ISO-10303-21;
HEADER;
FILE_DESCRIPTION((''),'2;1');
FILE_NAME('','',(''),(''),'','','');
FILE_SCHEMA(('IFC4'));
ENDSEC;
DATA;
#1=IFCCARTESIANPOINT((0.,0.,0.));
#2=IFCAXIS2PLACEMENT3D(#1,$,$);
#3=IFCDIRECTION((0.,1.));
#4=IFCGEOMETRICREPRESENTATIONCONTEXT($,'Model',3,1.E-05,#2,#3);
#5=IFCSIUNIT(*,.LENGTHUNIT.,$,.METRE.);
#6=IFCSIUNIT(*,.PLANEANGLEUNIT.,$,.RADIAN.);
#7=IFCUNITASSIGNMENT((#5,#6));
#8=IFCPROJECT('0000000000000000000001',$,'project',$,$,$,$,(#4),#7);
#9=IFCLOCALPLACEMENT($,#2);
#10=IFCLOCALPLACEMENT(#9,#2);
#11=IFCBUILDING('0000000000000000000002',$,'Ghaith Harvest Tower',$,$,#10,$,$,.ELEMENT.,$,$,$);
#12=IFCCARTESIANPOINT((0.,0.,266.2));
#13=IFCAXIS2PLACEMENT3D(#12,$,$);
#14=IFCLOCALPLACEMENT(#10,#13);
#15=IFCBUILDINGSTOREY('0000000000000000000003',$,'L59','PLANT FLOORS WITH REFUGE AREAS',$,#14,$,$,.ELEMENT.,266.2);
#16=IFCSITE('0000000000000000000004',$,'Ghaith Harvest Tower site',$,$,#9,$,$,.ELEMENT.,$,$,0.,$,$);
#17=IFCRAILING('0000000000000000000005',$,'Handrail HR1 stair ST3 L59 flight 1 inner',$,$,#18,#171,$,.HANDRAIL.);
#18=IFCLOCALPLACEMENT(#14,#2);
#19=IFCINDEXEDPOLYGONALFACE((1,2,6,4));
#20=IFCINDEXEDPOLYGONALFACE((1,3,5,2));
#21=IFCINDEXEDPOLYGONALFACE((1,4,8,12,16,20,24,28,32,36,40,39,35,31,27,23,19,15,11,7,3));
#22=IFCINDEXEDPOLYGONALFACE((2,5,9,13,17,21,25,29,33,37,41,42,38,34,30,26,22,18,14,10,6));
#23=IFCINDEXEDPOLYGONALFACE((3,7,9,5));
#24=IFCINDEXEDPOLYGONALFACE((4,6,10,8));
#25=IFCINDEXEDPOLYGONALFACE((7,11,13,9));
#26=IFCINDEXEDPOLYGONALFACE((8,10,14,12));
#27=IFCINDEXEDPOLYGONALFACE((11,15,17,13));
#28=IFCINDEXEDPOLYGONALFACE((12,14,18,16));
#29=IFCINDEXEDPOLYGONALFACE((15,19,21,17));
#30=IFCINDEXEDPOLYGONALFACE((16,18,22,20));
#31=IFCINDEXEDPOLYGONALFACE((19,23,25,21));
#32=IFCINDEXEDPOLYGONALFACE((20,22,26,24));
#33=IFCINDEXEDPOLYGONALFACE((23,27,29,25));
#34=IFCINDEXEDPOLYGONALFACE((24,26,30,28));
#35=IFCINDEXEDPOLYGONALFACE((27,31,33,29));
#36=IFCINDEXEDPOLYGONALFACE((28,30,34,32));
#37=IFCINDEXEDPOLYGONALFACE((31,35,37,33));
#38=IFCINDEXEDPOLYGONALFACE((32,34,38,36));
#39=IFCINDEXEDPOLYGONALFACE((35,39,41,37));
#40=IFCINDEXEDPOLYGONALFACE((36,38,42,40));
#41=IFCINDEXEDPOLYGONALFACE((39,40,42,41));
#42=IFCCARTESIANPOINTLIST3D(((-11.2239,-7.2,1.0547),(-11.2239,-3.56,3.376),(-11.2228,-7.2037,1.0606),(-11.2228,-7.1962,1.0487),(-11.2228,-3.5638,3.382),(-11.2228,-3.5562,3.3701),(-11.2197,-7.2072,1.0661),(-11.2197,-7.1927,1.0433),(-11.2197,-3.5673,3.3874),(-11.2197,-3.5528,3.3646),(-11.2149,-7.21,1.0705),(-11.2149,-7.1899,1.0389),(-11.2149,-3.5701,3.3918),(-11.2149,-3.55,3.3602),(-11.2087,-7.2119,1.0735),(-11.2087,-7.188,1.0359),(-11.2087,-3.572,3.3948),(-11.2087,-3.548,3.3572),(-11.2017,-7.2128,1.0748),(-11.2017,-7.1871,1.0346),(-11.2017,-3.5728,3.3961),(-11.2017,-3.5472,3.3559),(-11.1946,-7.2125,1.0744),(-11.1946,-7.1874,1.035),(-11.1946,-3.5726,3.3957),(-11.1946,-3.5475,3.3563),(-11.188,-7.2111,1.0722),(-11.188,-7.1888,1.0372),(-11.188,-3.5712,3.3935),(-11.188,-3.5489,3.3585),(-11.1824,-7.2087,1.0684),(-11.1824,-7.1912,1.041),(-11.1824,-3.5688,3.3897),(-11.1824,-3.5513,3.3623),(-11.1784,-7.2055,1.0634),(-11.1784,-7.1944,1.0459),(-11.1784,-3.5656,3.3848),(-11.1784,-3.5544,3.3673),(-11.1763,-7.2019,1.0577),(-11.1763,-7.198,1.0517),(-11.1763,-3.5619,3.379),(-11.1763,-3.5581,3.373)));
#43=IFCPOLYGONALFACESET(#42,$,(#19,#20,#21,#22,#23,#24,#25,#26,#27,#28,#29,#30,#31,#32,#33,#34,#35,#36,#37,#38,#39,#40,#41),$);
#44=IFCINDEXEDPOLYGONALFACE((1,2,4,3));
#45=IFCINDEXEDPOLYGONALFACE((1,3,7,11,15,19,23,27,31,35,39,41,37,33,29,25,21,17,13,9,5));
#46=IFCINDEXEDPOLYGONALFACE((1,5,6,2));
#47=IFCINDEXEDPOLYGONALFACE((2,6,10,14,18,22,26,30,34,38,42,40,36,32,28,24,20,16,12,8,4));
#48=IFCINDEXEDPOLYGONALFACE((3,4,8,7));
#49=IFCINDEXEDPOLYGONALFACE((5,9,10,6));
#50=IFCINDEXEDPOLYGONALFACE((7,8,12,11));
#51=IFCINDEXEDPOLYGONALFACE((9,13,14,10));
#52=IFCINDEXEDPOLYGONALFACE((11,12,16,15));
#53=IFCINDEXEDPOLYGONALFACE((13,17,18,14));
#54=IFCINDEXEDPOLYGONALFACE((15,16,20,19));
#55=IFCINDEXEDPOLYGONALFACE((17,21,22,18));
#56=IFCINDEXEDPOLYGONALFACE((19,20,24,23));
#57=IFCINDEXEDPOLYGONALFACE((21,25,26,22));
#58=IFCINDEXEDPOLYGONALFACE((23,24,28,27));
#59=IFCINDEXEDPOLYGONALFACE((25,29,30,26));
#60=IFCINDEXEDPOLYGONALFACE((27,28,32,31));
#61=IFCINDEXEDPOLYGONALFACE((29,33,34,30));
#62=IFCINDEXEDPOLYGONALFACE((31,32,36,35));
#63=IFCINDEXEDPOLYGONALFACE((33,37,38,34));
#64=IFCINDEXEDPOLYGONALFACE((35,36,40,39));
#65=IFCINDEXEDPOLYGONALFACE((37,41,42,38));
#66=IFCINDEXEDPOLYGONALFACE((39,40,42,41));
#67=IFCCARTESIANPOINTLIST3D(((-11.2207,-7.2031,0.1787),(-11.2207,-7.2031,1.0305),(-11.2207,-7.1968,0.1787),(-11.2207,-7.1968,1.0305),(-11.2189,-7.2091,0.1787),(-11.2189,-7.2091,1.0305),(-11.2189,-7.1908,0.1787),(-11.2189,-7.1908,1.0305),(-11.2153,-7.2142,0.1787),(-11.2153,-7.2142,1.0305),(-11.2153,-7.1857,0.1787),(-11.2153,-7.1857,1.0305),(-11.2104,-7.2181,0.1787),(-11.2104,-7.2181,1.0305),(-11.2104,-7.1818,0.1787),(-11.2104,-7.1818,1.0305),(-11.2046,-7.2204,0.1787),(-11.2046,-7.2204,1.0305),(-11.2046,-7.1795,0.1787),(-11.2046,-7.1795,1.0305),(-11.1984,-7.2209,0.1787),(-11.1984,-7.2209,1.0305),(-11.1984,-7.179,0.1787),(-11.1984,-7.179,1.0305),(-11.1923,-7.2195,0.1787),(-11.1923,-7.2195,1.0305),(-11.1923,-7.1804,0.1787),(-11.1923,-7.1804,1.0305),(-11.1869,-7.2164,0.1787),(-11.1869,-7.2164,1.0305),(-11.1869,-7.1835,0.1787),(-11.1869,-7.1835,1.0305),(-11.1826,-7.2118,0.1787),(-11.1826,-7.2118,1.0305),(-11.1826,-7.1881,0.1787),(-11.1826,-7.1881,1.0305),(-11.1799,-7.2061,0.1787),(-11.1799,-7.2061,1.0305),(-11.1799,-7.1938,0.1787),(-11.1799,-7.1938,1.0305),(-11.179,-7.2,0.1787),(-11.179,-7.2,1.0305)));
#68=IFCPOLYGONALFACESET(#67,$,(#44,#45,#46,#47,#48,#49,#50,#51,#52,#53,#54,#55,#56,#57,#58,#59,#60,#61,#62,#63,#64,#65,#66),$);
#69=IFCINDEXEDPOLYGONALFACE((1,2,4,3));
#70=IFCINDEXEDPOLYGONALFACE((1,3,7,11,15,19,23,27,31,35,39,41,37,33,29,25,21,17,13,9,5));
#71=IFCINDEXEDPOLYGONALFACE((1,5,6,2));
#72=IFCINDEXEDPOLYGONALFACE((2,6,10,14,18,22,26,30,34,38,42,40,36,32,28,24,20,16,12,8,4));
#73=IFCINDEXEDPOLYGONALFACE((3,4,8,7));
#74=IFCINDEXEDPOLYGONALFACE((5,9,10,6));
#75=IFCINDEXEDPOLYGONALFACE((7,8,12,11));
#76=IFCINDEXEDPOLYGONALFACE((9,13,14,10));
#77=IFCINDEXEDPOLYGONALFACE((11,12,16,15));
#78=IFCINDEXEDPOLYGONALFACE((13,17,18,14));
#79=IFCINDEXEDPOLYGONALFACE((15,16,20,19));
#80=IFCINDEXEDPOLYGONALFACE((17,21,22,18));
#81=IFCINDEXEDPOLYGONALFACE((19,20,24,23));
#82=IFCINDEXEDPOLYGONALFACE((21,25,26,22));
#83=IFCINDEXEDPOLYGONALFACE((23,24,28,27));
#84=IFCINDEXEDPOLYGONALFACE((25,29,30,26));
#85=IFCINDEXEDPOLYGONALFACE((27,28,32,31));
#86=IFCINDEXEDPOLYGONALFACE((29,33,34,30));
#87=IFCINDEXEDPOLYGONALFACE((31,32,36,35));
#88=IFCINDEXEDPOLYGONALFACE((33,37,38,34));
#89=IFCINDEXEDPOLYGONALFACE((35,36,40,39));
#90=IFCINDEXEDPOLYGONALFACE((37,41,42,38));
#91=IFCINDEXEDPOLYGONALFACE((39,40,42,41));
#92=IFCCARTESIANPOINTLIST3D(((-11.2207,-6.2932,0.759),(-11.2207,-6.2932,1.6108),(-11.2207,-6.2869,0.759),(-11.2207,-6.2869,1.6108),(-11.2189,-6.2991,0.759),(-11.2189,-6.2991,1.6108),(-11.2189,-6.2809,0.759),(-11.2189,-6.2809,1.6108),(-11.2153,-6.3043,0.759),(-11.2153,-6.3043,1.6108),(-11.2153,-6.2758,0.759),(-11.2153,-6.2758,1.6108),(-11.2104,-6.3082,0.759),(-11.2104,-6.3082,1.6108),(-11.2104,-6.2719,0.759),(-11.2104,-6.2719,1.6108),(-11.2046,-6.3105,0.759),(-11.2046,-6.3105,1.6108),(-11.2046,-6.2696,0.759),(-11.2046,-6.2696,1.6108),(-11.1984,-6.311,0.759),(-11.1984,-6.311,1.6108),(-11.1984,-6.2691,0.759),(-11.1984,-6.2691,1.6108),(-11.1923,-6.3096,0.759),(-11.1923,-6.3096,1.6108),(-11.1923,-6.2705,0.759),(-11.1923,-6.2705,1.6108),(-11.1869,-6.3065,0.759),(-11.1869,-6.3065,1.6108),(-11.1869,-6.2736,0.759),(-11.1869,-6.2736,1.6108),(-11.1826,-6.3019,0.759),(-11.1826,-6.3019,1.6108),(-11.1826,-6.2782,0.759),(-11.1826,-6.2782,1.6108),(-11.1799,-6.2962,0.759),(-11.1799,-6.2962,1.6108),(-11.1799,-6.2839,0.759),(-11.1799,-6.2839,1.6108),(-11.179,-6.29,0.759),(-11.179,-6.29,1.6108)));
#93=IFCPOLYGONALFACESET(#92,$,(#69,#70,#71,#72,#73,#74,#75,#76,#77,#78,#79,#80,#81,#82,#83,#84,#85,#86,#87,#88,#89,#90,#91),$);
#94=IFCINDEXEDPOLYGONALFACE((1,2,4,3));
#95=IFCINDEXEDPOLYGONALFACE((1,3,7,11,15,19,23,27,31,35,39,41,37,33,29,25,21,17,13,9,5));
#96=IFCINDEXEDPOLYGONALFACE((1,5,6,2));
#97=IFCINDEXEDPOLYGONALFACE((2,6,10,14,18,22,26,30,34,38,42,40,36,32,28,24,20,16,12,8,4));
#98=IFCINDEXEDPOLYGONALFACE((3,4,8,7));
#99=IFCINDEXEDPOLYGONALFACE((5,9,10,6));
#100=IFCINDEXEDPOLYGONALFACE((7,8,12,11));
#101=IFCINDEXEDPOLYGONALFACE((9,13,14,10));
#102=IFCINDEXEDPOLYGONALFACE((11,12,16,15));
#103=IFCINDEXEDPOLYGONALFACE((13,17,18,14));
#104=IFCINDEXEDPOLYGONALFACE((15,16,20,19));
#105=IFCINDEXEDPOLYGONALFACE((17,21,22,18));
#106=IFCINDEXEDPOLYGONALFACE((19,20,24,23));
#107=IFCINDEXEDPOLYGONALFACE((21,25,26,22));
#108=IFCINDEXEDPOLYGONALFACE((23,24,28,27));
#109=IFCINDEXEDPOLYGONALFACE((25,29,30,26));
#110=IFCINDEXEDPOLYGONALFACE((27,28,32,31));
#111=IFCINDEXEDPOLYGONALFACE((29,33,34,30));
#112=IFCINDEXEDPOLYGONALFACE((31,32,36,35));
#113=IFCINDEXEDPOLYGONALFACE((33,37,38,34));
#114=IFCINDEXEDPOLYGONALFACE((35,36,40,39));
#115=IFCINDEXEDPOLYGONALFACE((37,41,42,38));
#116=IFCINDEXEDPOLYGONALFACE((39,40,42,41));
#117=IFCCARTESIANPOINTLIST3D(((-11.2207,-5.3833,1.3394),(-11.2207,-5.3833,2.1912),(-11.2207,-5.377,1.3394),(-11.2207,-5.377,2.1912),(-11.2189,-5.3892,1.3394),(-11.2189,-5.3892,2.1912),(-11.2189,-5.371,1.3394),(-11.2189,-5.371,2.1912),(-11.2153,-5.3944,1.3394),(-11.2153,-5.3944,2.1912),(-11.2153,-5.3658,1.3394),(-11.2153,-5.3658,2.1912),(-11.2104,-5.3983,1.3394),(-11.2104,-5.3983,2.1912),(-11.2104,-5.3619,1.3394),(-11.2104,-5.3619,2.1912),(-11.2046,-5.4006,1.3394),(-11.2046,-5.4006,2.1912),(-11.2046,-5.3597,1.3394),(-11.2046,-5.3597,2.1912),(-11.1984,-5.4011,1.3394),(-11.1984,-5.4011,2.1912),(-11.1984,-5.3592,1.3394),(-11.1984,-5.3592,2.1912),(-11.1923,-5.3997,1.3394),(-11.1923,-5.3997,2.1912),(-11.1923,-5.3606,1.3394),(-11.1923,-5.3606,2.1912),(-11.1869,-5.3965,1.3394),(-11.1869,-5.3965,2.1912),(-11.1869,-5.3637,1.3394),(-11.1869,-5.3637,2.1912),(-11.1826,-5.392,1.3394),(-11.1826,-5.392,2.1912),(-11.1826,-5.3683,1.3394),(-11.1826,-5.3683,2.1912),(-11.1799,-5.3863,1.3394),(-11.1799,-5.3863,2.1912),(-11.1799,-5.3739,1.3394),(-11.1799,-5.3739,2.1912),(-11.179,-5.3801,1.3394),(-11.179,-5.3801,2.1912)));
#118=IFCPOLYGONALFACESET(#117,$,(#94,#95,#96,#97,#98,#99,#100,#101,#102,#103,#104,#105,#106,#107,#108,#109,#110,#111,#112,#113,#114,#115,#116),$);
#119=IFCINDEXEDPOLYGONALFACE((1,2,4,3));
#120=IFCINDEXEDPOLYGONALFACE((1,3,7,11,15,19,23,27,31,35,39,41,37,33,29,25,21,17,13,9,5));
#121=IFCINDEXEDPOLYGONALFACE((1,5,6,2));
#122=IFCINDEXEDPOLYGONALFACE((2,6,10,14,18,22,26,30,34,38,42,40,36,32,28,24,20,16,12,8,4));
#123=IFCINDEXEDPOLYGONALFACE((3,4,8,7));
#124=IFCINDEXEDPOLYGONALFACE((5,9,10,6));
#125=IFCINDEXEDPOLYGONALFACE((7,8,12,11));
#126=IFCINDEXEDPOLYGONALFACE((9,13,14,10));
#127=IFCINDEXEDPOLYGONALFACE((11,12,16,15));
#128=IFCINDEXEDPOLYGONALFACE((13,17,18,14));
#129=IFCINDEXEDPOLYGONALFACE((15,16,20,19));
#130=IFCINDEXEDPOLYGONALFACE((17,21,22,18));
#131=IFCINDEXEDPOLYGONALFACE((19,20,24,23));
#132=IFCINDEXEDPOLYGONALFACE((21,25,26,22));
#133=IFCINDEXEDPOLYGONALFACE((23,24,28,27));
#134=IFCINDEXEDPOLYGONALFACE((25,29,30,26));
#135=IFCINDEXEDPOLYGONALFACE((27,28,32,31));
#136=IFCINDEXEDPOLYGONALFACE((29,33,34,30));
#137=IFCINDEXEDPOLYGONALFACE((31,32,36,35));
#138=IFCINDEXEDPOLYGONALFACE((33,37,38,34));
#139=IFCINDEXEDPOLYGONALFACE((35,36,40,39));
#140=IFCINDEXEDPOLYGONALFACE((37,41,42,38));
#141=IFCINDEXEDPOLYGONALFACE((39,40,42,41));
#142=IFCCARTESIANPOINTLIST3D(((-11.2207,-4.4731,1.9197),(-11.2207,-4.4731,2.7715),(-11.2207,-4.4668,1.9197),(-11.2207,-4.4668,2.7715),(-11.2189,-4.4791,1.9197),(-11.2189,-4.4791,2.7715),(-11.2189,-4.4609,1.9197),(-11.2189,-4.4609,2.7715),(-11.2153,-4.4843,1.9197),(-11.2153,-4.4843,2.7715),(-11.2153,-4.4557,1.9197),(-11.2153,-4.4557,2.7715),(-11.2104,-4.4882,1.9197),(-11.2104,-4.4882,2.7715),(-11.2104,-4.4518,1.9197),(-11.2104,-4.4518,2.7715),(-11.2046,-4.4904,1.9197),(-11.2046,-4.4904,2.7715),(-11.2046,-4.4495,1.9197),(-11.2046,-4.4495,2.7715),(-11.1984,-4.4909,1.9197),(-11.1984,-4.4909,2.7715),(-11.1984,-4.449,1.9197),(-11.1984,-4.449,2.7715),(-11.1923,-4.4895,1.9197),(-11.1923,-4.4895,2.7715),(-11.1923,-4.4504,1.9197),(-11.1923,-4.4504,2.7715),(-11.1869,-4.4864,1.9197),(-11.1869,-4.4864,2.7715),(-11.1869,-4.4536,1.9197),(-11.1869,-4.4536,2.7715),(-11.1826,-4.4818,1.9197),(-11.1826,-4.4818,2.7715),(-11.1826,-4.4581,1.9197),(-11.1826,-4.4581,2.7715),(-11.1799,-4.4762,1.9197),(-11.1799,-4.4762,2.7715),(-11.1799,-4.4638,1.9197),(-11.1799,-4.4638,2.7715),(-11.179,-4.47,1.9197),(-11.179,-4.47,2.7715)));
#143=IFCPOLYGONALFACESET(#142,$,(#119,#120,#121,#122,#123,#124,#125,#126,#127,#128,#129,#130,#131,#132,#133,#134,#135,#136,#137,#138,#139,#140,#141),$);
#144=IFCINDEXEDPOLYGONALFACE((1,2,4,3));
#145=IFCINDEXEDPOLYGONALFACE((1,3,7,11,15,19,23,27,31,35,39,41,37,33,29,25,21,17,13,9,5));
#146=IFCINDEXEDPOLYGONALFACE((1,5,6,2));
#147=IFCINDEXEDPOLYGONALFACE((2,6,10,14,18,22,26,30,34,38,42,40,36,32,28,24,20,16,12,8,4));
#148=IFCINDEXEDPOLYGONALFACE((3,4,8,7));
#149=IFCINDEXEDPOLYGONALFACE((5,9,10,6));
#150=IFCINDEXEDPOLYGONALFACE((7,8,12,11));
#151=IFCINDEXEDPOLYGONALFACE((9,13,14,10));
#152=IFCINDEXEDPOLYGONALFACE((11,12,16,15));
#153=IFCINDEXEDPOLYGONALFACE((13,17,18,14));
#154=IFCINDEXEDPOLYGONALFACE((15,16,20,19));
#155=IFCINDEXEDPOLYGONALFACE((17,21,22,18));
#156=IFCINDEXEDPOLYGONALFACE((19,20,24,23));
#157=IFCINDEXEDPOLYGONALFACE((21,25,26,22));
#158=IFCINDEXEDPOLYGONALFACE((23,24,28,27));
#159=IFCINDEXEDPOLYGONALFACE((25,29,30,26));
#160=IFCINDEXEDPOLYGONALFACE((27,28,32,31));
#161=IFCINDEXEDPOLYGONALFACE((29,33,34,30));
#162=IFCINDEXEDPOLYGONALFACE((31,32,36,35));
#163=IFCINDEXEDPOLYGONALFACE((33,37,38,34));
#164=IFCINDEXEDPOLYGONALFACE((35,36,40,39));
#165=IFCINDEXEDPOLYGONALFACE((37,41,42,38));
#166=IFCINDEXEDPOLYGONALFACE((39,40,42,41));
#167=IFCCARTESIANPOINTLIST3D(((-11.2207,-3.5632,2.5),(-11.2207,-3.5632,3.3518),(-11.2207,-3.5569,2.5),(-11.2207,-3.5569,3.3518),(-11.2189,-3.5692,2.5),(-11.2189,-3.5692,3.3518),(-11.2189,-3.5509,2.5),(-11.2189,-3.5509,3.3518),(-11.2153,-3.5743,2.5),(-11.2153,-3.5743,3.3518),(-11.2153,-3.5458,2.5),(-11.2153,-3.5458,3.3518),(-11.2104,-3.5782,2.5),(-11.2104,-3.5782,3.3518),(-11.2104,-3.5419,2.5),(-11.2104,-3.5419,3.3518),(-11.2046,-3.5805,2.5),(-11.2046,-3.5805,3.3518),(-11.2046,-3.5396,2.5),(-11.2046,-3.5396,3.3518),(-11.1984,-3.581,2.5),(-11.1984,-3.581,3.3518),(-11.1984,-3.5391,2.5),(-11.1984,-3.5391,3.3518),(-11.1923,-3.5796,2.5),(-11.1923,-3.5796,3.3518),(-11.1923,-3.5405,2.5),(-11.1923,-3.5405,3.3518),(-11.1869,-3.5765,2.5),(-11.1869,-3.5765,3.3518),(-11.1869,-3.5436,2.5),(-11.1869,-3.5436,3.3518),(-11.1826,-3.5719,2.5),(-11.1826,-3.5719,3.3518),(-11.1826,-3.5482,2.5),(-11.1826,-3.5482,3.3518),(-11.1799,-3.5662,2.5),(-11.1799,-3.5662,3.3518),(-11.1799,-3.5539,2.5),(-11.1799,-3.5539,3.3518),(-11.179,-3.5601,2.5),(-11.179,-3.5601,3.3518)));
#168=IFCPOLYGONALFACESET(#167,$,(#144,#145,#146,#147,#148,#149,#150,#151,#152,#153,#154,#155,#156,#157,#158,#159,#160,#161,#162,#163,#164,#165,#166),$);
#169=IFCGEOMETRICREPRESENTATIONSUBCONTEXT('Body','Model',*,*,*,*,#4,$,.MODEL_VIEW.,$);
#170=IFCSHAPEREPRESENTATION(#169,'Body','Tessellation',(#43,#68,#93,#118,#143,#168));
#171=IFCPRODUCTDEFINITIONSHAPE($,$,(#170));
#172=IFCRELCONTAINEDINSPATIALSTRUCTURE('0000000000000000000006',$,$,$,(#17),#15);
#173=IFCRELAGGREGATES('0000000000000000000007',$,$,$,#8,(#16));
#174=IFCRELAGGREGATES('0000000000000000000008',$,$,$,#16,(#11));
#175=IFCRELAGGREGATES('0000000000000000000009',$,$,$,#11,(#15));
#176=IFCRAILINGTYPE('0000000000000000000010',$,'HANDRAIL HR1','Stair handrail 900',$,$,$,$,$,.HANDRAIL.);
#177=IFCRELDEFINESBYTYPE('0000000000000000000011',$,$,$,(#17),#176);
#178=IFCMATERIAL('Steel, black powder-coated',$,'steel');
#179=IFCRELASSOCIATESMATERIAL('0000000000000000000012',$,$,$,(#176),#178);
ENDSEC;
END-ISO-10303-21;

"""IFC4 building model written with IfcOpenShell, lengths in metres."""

from ifc_helpers import new_model, si_unit, direction, frame, origin, origin_2d, place, context, subcontext, project, spatial, circle, extrude, material, type_object, element, save


model = new_model("IFC4")

# Units and contexts
model_context = context("Model", 3, precision=1e-05, world=origin(), true_north=direction((0.0, 1.0)))
body_context = subcontext(model_context, "Body", "Model", "MODEL_VIEW")
ifc_project = project(units=[si_unit("LENGTHUNIT", "METRE"), si_unit("PLANEANGLEUNIT", "RADIAN")], contexts=[model_context])

# Site, building, storey
site_placement = place(None, origin())
site = spatial("IfcSite", under=ifc_project, at=site_placement, Name="Ghaith Harvest Tower site", CompositionType="ELEMENT", RefElevation=0.0)
building_placement = place(site_placement, origin())
building = spatial("IfcBuilding", under=site, at=building_placement, Name="Ghaith Harvest Tower", CompositionType="ELEMENT")
storey_placement = place(building_placement, frame((0.0, 0.0, 266.2)))
storey = spatial("IfcBuildingStorey", under=building, at=storey_placement, Name="L59", Description="PLANT FLOORS WITH REFUGE AREAS", CompositionType="ELEMENT", Elevation=266.2)

# Railing
ifc_material_1 = material(Name="Steel, black powder-coated", Category="steel")
railing_type = type_object("IfcRailingType", Name="HANDRAIL HR1", Description="Stair handrail 900", PredefinedType="HANDRAIL", material=ifc_material_1)
railing_1_placement = place(storey_placement, frame((-11.2, -7.2, 0.1787)))
element("IfcRailing", 1, at=railing_1_placement, inside=storey, type_object=railing_type, Name="Handrail HR1 stair ST3 L59 flight 1 inner", PredefinedType="HANDRAIL", context=body_context, shape_type="SweptSolid", body=[
    extrude(circle(Radius=0.0239, at=origin_2d()), frame((0.0, 0.0, 0.876), z_axis=(0.0, 0.843137, 0.537699), x_axis=(-1.0, 0.0, 0.0)), (0.0, 0.0, 1.0), 4.3171),
    extrude(circle(Radius=0.021, at=origin_2d()), origin(), (0.0, 0.0, 1.0), 0.8518),
    extrude(circle(Radius=0.021, at=origin_2d()), frame((0.0, 0.9099, 0.5803)), (0.0, 0.0, 1.0), 0.8518),
    extrude(circle(Radius=0.021, at=origin_2d()), frame((0.0, 1.8198, 1.1606)), (0.0, 0.0, 1.0), 0.8518),
    extrude(circle(Radius=0.021, at=origin_2d()), frame((0.0, 2.73, 1.741)), (0.0, 0.0, 1.0), 0.8518),
    extrude(circle(Radius=0.021, at=origin_2d()), frame((0.0, 3.6399, 2.3213)), (0.0, 0.0, 1.0), 0.8518),
])

save(model, "model.ifc")
